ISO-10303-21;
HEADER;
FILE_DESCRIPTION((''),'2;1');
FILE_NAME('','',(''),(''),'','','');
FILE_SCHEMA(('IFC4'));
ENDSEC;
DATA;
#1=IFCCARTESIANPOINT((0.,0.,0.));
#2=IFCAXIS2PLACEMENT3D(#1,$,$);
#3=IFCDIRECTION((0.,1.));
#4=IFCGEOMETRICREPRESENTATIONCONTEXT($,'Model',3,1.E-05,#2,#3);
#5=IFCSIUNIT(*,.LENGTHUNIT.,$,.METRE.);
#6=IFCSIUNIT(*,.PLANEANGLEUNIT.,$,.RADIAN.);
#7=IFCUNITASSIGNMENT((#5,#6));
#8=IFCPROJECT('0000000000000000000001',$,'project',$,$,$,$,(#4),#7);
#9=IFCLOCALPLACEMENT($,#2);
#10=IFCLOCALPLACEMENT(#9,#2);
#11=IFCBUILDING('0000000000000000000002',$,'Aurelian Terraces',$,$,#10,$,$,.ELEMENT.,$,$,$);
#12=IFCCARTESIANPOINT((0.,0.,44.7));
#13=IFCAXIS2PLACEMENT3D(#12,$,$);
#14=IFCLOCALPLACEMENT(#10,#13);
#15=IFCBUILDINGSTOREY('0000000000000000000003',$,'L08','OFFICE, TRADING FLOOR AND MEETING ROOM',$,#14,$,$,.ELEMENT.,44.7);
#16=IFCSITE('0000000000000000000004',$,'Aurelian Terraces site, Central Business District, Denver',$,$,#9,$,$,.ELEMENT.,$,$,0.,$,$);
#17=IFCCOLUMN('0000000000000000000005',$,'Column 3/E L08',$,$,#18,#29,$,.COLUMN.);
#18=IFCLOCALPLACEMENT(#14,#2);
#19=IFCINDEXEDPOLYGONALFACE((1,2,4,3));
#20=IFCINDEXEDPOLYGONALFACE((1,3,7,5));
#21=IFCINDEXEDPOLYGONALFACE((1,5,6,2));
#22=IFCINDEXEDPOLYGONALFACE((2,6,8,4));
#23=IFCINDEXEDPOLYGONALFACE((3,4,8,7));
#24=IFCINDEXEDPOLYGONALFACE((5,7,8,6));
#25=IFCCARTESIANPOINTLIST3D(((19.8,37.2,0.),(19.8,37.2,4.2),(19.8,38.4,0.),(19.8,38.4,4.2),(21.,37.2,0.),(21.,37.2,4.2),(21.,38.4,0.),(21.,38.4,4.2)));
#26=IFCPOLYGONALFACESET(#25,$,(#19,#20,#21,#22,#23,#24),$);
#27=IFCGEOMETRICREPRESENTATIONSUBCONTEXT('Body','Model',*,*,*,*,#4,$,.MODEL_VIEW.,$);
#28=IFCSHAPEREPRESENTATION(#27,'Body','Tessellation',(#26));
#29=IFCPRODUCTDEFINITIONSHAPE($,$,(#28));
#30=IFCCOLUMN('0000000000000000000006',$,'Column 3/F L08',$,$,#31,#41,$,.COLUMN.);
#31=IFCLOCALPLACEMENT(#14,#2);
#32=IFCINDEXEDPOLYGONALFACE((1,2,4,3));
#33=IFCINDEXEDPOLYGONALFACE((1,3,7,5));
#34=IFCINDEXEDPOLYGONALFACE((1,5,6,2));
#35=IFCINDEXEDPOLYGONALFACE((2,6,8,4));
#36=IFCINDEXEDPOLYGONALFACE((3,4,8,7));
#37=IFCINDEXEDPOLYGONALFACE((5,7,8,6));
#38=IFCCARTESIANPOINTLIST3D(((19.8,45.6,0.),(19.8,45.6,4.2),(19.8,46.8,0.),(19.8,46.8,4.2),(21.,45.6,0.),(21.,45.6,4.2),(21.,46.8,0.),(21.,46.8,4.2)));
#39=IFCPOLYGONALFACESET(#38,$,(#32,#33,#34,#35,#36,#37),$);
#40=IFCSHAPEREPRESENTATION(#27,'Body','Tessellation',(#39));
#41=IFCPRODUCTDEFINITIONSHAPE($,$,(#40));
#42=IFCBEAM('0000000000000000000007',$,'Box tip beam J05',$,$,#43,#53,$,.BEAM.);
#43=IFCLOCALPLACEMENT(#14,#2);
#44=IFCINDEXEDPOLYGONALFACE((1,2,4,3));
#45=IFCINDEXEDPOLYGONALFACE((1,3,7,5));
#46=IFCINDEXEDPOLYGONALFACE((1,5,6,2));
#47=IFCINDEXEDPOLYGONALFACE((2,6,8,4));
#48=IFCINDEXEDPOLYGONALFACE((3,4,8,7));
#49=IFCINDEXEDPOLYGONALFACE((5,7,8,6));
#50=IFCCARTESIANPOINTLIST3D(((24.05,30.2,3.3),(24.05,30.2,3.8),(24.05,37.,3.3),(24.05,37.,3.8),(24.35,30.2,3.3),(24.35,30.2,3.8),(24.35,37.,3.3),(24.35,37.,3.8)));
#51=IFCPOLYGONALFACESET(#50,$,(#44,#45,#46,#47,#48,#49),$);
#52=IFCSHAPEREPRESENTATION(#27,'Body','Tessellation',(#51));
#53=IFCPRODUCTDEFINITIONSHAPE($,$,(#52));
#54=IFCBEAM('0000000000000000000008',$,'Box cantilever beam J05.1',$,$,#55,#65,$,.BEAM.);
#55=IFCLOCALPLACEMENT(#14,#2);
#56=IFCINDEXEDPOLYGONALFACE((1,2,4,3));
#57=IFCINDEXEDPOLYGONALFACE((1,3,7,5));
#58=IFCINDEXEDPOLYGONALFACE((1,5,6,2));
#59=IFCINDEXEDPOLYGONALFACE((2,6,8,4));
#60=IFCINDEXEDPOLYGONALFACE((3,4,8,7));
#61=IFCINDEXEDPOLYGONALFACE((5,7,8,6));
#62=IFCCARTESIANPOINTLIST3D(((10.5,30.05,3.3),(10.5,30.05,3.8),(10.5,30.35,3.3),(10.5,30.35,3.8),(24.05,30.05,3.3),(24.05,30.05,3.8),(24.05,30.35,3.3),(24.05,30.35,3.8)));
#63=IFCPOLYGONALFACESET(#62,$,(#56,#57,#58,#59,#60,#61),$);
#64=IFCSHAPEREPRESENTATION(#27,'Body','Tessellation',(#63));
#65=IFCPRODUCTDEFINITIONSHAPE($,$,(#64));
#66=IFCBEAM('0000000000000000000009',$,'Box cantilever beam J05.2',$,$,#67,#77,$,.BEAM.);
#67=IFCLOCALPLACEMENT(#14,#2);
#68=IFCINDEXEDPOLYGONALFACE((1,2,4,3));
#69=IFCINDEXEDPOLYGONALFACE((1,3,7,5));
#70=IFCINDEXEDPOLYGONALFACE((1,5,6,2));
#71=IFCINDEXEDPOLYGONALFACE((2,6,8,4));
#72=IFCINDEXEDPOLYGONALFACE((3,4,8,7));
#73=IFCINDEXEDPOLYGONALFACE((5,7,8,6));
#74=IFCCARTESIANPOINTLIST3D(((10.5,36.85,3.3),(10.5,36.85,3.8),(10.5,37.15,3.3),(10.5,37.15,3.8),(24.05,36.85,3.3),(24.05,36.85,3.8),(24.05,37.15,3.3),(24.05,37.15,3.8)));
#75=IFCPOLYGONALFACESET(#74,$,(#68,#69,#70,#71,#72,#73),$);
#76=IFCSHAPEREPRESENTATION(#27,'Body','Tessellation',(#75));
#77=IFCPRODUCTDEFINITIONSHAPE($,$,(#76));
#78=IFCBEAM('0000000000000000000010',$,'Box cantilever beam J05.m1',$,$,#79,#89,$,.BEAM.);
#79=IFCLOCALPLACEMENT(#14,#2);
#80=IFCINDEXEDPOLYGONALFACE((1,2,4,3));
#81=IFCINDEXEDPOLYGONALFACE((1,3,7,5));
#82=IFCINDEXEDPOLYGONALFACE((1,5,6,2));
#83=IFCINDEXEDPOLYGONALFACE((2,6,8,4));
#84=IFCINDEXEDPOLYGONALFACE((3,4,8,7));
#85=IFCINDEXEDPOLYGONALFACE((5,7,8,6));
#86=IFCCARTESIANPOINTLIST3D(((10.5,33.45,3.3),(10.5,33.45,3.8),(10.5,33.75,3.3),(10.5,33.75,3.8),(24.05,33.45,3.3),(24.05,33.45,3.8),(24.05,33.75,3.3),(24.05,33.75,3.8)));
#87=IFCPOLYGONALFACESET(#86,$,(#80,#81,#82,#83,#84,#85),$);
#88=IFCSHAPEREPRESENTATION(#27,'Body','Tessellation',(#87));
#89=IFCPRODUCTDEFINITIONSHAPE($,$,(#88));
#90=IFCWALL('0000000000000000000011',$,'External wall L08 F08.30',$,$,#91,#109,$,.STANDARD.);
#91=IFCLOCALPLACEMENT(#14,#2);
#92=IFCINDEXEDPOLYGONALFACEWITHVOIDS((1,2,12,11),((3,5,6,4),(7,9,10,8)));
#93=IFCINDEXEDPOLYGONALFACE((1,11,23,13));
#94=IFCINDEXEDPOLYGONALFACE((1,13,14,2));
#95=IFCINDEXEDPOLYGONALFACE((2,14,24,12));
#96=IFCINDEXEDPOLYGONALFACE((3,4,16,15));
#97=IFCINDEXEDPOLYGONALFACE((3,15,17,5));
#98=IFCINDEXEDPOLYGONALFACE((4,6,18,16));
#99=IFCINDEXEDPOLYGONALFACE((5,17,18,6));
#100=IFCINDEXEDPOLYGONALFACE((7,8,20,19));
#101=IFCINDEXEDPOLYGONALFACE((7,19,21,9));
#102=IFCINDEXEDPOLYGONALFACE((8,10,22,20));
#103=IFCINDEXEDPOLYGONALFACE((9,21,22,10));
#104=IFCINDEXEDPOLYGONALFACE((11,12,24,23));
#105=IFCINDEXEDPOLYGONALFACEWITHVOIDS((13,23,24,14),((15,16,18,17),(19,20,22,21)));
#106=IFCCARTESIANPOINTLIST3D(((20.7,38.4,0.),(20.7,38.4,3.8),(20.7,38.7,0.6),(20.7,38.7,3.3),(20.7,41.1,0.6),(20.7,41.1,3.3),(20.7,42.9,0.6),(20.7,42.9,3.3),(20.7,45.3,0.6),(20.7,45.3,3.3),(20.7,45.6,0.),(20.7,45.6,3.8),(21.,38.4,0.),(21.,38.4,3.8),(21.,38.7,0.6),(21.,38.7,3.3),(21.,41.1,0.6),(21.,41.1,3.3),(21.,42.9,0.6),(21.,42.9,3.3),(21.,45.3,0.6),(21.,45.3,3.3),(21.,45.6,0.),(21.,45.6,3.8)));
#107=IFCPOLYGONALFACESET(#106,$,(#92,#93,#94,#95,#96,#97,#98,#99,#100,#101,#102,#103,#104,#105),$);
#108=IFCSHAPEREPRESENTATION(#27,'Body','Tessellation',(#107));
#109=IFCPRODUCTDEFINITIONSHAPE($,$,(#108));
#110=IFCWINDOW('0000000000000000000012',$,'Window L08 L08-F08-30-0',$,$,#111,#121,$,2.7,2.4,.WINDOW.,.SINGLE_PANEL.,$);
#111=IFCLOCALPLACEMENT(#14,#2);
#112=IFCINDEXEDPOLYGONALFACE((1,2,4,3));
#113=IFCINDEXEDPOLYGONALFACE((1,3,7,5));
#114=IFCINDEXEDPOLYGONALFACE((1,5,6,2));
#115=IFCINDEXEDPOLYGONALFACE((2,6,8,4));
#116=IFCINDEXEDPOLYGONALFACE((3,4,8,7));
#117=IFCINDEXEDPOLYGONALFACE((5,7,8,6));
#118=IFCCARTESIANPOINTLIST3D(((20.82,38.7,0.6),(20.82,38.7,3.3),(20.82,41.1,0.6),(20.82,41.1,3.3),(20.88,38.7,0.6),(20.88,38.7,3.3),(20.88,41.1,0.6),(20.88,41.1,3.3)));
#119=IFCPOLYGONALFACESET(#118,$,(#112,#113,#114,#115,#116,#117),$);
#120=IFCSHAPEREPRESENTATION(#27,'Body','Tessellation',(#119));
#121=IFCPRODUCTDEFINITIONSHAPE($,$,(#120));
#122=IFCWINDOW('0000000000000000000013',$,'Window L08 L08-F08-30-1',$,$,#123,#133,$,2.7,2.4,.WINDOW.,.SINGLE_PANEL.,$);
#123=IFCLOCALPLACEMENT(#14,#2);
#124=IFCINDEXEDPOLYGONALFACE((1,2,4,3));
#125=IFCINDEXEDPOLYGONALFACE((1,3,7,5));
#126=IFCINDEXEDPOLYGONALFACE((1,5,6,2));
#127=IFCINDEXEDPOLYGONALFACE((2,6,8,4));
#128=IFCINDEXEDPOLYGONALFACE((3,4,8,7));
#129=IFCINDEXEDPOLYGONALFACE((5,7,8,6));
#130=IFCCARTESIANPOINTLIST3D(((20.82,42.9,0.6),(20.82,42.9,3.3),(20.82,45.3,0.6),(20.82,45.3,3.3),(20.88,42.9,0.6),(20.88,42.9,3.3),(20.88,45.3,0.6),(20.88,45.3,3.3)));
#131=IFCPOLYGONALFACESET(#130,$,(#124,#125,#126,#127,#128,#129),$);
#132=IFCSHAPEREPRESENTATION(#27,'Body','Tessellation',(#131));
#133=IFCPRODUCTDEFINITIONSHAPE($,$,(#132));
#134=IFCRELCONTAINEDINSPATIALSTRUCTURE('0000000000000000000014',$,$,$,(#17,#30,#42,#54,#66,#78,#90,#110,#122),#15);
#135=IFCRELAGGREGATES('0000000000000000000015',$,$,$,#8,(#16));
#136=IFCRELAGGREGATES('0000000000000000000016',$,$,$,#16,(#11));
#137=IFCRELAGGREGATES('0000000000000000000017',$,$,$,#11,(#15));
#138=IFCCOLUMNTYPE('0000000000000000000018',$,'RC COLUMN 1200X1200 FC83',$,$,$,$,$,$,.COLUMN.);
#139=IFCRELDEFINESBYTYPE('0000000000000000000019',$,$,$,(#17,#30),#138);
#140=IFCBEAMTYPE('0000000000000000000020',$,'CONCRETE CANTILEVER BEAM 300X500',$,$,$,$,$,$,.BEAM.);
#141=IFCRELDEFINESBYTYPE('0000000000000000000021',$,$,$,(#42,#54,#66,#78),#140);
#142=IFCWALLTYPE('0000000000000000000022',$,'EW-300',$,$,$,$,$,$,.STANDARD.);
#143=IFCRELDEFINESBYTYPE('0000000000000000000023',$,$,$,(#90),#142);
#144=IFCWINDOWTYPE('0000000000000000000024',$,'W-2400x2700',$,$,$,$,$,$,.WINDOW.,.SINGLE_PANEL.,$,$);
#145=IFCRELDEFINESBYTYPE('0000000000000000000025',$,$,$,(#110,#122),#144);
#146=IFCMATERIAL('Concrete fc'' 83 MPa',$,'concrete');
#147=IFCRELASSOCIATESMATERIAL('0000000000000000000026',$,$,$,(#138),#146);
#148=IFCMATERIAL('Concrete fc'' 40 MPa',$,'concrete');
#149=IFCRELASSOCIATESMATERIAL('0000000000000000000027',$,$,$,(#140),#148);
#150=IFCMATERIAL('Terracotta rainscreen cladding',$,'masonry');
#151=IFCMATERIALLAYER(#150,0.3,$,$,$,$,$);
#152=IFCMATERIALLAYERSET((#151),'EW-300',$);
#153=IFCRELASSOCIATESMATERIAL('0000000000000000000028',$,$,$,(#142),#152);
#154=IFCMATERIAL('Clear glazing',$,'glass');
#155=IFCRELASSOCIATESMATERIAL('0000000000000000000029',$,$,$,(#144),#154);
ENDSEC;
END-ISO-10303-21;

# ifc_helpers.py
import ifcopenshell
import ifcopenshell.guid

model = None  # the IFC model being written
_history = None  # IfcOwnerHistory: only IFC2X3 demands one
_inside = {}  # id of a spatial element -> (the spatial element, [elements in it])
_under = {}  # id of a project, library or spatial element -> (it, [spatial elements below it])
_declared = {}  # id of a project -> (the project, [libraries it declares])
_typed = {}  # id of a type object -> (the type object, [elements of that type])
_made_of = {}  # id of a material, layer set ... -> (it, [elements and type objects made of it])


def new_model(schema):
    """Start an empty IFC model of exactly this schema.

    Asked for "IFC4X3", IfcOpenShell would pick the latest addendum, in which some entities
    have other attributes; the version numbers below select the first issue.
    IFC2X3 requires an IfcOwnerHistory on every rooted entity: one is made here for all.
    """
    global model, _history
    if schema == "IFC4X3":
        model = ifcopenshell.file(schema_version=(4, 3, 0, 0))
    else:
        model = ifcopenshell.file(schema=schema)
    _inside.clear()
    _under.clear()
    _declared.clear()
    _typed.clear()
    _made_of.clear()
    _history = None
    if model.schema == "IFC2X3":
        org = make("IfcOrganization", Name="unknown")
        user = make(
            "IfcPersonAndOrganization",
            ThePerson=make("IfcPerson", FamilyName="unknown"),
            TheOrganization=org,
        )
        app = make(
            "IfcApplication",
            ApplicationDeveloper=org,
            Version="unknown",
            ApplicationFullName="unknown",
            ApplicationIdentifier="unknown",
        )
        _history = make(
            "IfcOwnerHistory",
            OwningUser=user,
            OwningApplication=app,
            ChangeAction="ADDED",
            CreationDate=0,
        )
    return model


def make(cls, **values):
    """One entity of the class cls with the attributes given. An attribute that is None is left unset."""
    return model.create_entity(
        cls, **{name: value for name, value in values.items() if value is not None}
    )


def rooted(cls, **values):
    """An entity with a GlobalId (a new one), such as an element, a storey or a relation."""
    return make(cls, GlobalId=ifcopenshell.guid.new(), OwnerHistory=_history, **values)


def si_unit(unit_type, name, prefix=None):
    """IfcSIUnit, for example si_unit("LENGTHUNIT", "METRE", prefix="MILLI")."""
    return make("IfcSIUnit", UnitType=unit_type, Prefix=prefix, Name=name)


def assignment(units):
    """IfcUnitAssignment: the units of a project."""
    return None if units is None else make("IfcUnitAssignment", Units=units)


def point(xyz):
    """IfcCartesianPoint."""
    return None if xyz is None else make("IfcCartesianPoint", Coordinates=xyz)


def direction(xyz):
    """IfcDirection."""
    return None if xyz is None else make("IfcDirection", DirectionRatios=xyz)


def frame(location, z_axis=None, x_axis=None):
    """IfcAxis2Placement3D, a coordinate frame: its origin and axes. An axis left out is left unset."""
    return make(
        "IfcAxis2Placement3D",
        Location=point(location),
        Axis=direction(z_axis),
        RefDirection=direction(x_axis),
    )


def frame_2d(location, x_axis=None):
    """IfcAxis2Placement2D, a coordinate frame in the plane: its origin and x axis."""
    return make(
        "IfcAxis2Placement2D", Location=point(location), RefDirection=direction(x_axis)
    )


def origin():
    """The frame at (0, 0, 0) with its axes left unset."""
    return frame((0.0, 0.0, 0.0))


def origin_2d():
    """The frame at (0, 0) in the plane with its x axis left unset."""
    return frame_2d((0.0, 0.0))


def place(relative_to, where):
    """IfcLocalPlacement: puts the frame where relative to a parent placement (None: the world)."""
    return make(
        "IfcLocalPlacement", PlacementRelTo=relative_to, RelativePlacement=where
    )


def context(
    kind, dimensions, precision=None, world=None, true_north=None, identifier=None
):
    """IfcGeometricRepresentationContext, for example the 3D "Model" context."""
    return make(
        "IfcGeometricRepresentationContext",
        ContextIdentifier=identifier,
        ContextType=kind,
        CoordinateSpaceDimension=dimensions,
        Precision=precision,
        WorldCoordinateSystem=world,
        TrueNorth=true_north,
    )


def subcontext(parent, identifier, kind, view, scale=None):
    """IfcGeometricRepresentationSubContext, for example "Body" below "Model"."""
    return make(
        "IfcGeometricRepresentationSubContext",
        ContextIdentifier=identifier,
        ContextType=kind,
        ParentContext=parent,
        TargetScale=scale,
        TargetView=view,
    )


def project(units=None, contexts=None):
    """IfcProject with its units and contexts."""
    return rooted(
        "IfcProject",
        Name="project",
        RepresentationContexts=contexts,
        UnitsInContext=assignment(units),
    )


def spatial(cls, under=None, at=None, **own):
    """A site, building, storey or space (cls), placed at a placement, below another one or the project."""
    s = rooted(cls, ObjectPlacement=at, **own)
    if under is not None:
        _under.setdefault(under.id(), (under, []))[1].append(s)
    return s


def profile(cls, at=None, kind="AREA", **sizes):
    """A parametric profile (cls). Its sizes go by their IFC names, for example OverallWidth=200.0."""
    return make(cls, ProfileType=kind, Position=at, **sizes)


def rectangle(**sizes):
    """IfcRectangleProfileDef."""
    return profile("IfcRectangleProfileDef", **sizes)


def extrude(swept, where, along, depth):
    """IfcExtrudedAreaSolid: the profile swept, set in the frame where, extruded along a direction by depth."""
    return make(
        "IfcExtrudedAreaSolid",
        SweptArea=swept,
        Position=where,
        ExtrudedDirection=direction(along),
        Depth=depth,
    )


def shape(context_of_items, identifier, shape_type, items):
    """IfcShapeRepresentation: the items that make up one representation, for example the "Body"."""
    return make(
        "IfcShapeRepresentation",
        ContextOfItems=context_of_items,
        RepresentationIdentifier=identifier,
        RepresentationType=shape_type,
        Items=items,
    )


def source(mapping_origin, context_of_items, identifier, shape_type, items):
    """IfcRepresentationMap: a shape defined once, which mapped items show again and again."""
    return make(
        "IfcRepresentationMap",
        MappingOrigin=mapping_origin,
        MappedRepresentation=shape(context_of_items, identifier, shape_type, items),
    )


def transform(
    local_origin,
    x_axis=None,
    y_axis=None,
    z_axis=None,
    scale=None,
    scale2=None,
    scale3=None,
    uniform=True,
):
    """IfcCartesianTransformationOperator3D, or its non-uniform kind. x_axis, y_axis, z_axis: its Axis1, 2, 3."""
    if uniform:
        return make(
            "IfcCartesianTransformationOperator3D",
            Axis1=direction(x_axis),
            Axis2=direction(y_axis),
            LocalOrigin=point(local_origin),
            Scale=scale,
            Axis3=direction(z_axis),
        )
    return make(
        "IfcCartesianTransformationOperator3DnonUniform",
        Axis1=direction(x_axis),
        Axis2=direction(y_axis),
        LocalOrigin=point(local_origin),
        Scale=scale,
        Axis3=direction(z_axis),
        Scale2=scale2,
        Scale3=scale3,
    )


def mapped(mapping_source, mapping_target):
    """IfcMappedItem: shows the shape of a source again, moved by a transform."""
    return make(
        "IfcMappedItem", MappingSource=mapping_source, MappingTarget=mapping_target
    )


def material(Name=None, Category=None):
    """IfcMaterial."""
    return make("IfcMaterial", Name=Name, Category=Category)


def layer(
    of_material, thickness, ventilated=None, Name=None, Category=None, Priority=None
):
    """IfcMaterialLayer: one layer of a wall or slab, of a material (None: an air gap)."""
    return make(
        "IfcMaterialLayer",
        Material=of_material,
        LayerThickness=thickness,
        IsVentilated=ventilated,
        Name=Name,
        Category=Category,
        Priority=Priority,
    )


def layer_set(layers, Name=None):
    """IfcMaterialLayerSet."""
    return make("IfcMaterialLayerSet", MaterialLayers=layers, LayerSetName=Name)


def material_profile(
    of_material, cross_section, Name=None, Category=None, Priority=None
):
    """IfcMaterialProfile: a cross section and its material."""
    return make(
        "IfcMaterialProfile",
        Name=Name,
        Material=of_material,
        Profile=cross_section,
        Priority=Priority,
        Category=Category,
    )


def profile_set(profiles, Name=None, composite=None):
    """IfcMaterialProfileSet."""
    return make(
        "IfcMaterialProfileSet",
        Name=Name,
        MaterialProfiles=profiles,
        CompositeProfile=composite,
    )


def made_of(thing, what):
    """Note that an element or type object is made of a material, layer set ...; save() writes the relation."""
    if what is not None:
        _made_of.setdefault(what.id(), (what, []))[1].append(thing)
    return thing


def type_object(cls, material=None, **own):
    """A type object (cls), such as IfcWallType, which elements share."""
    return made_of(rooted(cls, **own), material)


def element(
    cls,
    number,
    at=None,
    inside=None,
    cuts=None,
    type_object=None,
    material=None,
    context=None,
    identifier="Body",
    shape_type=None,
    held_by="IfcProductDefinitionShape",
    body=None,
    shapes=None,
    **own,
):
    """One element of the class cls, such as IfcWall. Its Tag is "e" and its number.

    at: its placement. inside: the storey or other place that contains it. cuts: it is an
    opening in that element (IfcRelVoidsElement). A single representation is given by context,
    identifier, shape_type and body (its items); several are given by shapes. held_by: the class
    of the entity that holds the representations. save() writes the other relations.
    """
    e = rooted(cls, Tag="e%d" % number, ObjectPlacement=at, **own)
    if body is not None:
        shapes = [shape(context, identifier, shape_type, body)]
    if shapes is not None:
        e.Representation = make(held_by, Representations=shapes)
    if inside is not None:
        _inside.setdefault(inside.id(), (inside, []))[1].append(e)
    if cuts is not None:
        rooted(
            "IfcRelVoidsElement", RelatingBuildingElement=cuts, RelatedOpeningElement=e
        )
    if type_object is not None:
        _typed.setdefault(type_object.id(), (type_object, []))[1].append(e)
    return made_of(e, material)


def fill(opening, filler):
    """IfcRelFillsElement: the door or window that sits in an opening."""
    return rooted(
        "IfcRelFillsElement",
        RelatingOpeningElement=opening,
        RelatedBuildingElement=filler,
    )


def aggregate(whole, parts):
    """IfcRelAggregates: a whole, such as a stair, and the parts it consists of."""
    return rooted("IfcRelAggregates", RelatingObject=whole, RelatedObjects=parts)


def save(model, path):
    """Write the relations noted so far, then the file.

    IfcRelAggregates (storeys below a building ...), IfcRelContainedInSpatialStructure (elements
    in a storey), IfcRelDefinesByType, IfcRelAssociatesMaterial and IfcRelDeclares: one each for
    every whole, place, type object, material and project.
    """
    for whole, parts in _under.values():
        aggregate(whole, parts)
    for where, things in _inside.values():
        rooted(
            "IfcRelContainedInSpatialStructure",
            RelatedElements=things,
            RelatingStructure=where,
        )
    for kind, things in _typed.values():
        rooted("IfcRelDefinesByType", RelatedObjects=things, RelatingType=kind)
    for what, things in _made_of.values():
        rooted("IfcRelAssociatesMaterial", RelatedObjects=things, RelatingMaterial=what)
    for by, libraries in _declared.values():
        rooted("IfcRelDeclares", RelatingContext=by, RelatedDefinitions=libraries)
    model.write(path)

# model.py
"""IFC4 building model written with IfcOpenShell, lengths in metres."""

from ifc_helpers import new_model, si_unit, direction, frame, frame_2d, origin, origin_2d, place, context, subcontext, project, spatial, rectangle, extrude, source, transform, mapped, material, layer, layer_set, material_profile, profile_set, type_object, element, fill, save


model = new_model("IFC4")

# Units and contexts
model_context = context("Model", 3, precision=1e-05, world=origin(), true_north=direction((0.0, 1.0)))
body_context = subcontext(model_context, "Body", "Model", "MODEL_VIEW")
ifc_project = project(units=[si_unit("LENGTHUNIT", "METRE"), si_unit("PLANEANGLEUNIT", "RADIAN")], contexts=[model_context])

# Site, building, storey
site_placement = place(None, origin())
site = spatial("IfcSite", under=ifc_project, at=site_placement, Name="Aurelian Terraces site, Central Business District, Denver", CompositionType="ELEMENT", RefElevation=0.0)
building_placement = place(site_placement, origin())
building = spatial("IfcBuilding", under=site, at=building_placement, Name="Aurelian Terraces", CompositionType="ELEMENT")
storey_placement = place(building_placement, frame((0.0, 0.0, 44.7)))
storey = spatial("IfcBuildingStorey", under=building, at=storey_placement, Name="L08", Description="OFFICE, TRADING FLOOR AND MEETING ROOM", CompositionType="ELEMENT", Elevation=44.7)

# Columns
ifc_material_1 = material(Name="Concrete fc' 83 MPa", Category="concrete")
ifc_material_profile_1 = material_profile(ifc_material_1, rectangle(XDim=1.2, YDim=1.2, at=origin_2d()))
ifc_profile_set_1 = profile_set([ifc_material_profile_1], Name="Concrete fc' 83 MPa")
column_type = type_object("IfcColumnType", Name="RC COLUMN 1200X1200 FC83", PredefinedType="COLUMN", material=ifc_profile_set_1)
shared_shape_1 = source(origin(), body_context, "Body", "SweptSolid", [
    extrude(rectangle(XDim=1.2, YDim=1.2, at=origin_2d()), origin(), (0.0, 0.0, 1.0), 4.2),
])
for number, where, z_axis, x_axis, name in (
    (1, (20.4, 37.8, 0.0), (0.0, 0.0, 1.0), (1.0, 0.0, 0.0), "Column 3/E L08"),
    (2, (20.4, 46.2, 0.0), (0.0, 0.0, 1.0), (1.0, 0.0, 0.0), "Column 3/F L08"),
):
    element("IfcColumn", number, at=place(storey_placement, frame(where, z_axis=z_axis, x_axis=x_axis)), inside=storey, type_object=column_type, Name=name, PredefinedType="COLUMN", context=body_context, shape_type="MappedRepresentation", body=[
        mapped(shared_shape_1, transform((0.0, 0.0, 0.0), scale=1.0)),
    ])

# Beams
ifc_material_2 = material(Name="Concrete fc' 40 MPa", Category="concrete")
ifc_material_profile_2 = material_profile(ifc_material_2, rectangle(XDim=0.3, YDim=0.5, at=origin_2d()))
ifc_profile_set_2 = profile_set([ifc_material_profile_2], Name="Concrete fc' 40 MPa")
beam_type = type_object("IfcBeamType", Name="CONCRETE CANTILEVER BEAM 300X500", PredefinedType="BEAM", material=ifc_profile_set_2)
beam_placement = place(storey_placement, frame((24.2, 30.2, 3.55), z_axis=(0.0, 1.0, 0.0), x_axis=(-1.0, 0.0, 0.0)))
element("IfcBeam", 3, at=beam_placement, inside=storey, type_object=beam_type, Name="Box tip beam J05", PredefinedType="BEAM", context=body_context, shape_type="SweptSolid", body=[
    extrude(rectangle(XDim=0.3, YDim=0.5, at=origin_2d()), origin(), (0.0, 0.0, 1.0), 6.8),
])
shared_shape_2 = source(origin(), body_context, "Body", "SweptSolid", [
    extrude(rectangle(XDim=0.3, YDim=0.5, at=origin_2d()), origin(), (0.0, 0.0, 1.0), 13.55),
])
for number, where, z_axis, x_axis, name in (
    (4, (24.05, 30.2, 3.55), (-1.0, 0.0, 0.0), (0.0, -1.0, 0.0), "Box cantilever beam J05.1"),
    (5, (24.05, 37.0, 3.55), (-1.0, 0.0, 0.0), (0.0, -1.0, 0.0), "Box cantilever beam J05.2"),
    (6, (24.05, 33.6, 3.55), (-1.0, 0.0, 0.0), (0.0, -1.0, 0.0), "Box cantilever beam J05.m1"),
):
    element("IfcBeam", number, at=place(storey_placement, frame(where, z_axis=z_axis, x_axis=x_axis)), inside=storey, type_object=beam_type, Name=name, PredefinedType="BEAM", context=body_context, shape_type="MappedRepresentation", body=[
        mapped(shared_shape_2, transform((0.0, 0.0, 0.0), scale=1.0)),
    ])

# Wall, openings, windows
ifc_material_3 = material(Name="Terracotta rainscreen cladding", Category="masonry")
ifc_layer_1 = layer(ifc_material_3, 0.3)
ifc_layer_set_1 = layer_set([ifc_layer_1], Name="EW-300")
wall_type_1 = type_object("IfcWallType", Name="EW-300", PredefinedType="STANDARD", material=ifc_layer_set_1)
shared_shape_3 = source(origin(), body_context, "Body", "SweptSolid", [
    extrude(rectangle(XDim=7.2, YDim=0.3, at=frame_2d((3.6, 0.0))), origin(), (0.0, 0.0, 1.0), 3.8),
])
wall_1_placement = place(storey_placement, frame((20.85, 38.4, 0.0), z_axis=(0.0, 0.0, 1.0), x_axis=(0.0, 1.0, 0.0)))
wall_1 = element("IfcWall", 7, at=wall_1_placement, inside=storey, type_object=wall_type_1, Name="External wall L08 F08.30", PredefinedType="STANDARD", context=body_context, shape_type="MappedRepresentation", body=[
    mapped(shared_shape_3, transform((0.0, 0.0, 0.0), scale=1.0)),
])
shared_shape_4 = source(origin(), body_context, "Body", "SweptSolid", [
    extrude(rectangle(XDim=2.4, YDim=2.7, at=frame_2d((1.2, 1.35))), frame((0.0, 0.16, 0.0), z_axis=(0.0, -1.0, 0.0), x_axis=(1.0, 0.0, 0.0)), (0.0, 0.0, 1.0), 0.32),
])
opening_1_placement = place(wall_1_placement, frame((0.3, 0.0, 0.6)))
opening_1 = element("IfcOpeningElement", 8, at=opening_1_placement, cuts=wall_1, PredefinedType="OPENING", context=body_context, shape_type="MappedRepresentation", body=[
    mapped(shared_shape_4, transform((0.0, 0.0, 0.0), scale=1.0)),
])
opening_2_placement = place(wall_1_placement, frame((4.5, 0.0, 0.6)))
opening_2 = element("IfcOpeningElement", 9, at=opening_2_placement, cuts=wall_1, PredefinedType="OPENING", context=body_context, shape_type="MappedRepresentation", body=[
    mapped(shared_shape_4, transform((0.0, 0.0, 0.0), scale=1.0)),
])
ifc_material_4 = material(Name="Clear glazing", Category="glass")
window_type_1 = type_object("IfcWindowType", Name="W-2400x2700", PartitioningType="SINGLE_PANEL", PredefinedType="WINDOW", material=ifc_material_4)
shared_shape_5 = source(origin(), body_context, "Body", "SweptSolid", [
    extrude(rectangle(XDim=2.4, YDim=2.7, at=frame_2d((1.2, 1.35))), frame((0.0, 0.03, 0.0), z_axis=(0.0, -1.0, 0.0), x_axis=(1.0, 0.0, 0.0)), (0.0, 0.0, 1.0), 0.06),
])
window_1_placement = place(opening_1_placement, origin())
window_1 = element("IfcWindow", 10, at=window_1_placement, inside=storey, type_object=window_type_1, Name="Window L08 L08-F08-30-0", OverallHeight=2.7, OverallWidth=2.4, PartitioningType="SINGLE_PANEL", PredefinedType="WINDOW", context=body_context, shape_type="MappedRepresentation", body=[
    mapped(shared_shape_5, transform((0.0, 0.0, 0.0), scale=1.0)),
])
fill(opening_1, window_1)
window_2_placement = place(opening_2_placement, origin())
window_2 = element("IfcWindow", 11, at=window_2_placement, inside=storey, type_object=window_type_1, Name="Window L08 L08-F08-30-1", OverallHeight=2.7, OverallWidth=2.4, PartitioningType="SINGLE_PANEL", PredefinedType="WINDOW", context=body_context, shape_type="MappedRepresentation", body=[
    mapped(shared_shape_5, transform((0.0, 0.0, 0.0), scale=1.0)),
])
fill(opening_2, window_2)

save(model, "model.ifc")
